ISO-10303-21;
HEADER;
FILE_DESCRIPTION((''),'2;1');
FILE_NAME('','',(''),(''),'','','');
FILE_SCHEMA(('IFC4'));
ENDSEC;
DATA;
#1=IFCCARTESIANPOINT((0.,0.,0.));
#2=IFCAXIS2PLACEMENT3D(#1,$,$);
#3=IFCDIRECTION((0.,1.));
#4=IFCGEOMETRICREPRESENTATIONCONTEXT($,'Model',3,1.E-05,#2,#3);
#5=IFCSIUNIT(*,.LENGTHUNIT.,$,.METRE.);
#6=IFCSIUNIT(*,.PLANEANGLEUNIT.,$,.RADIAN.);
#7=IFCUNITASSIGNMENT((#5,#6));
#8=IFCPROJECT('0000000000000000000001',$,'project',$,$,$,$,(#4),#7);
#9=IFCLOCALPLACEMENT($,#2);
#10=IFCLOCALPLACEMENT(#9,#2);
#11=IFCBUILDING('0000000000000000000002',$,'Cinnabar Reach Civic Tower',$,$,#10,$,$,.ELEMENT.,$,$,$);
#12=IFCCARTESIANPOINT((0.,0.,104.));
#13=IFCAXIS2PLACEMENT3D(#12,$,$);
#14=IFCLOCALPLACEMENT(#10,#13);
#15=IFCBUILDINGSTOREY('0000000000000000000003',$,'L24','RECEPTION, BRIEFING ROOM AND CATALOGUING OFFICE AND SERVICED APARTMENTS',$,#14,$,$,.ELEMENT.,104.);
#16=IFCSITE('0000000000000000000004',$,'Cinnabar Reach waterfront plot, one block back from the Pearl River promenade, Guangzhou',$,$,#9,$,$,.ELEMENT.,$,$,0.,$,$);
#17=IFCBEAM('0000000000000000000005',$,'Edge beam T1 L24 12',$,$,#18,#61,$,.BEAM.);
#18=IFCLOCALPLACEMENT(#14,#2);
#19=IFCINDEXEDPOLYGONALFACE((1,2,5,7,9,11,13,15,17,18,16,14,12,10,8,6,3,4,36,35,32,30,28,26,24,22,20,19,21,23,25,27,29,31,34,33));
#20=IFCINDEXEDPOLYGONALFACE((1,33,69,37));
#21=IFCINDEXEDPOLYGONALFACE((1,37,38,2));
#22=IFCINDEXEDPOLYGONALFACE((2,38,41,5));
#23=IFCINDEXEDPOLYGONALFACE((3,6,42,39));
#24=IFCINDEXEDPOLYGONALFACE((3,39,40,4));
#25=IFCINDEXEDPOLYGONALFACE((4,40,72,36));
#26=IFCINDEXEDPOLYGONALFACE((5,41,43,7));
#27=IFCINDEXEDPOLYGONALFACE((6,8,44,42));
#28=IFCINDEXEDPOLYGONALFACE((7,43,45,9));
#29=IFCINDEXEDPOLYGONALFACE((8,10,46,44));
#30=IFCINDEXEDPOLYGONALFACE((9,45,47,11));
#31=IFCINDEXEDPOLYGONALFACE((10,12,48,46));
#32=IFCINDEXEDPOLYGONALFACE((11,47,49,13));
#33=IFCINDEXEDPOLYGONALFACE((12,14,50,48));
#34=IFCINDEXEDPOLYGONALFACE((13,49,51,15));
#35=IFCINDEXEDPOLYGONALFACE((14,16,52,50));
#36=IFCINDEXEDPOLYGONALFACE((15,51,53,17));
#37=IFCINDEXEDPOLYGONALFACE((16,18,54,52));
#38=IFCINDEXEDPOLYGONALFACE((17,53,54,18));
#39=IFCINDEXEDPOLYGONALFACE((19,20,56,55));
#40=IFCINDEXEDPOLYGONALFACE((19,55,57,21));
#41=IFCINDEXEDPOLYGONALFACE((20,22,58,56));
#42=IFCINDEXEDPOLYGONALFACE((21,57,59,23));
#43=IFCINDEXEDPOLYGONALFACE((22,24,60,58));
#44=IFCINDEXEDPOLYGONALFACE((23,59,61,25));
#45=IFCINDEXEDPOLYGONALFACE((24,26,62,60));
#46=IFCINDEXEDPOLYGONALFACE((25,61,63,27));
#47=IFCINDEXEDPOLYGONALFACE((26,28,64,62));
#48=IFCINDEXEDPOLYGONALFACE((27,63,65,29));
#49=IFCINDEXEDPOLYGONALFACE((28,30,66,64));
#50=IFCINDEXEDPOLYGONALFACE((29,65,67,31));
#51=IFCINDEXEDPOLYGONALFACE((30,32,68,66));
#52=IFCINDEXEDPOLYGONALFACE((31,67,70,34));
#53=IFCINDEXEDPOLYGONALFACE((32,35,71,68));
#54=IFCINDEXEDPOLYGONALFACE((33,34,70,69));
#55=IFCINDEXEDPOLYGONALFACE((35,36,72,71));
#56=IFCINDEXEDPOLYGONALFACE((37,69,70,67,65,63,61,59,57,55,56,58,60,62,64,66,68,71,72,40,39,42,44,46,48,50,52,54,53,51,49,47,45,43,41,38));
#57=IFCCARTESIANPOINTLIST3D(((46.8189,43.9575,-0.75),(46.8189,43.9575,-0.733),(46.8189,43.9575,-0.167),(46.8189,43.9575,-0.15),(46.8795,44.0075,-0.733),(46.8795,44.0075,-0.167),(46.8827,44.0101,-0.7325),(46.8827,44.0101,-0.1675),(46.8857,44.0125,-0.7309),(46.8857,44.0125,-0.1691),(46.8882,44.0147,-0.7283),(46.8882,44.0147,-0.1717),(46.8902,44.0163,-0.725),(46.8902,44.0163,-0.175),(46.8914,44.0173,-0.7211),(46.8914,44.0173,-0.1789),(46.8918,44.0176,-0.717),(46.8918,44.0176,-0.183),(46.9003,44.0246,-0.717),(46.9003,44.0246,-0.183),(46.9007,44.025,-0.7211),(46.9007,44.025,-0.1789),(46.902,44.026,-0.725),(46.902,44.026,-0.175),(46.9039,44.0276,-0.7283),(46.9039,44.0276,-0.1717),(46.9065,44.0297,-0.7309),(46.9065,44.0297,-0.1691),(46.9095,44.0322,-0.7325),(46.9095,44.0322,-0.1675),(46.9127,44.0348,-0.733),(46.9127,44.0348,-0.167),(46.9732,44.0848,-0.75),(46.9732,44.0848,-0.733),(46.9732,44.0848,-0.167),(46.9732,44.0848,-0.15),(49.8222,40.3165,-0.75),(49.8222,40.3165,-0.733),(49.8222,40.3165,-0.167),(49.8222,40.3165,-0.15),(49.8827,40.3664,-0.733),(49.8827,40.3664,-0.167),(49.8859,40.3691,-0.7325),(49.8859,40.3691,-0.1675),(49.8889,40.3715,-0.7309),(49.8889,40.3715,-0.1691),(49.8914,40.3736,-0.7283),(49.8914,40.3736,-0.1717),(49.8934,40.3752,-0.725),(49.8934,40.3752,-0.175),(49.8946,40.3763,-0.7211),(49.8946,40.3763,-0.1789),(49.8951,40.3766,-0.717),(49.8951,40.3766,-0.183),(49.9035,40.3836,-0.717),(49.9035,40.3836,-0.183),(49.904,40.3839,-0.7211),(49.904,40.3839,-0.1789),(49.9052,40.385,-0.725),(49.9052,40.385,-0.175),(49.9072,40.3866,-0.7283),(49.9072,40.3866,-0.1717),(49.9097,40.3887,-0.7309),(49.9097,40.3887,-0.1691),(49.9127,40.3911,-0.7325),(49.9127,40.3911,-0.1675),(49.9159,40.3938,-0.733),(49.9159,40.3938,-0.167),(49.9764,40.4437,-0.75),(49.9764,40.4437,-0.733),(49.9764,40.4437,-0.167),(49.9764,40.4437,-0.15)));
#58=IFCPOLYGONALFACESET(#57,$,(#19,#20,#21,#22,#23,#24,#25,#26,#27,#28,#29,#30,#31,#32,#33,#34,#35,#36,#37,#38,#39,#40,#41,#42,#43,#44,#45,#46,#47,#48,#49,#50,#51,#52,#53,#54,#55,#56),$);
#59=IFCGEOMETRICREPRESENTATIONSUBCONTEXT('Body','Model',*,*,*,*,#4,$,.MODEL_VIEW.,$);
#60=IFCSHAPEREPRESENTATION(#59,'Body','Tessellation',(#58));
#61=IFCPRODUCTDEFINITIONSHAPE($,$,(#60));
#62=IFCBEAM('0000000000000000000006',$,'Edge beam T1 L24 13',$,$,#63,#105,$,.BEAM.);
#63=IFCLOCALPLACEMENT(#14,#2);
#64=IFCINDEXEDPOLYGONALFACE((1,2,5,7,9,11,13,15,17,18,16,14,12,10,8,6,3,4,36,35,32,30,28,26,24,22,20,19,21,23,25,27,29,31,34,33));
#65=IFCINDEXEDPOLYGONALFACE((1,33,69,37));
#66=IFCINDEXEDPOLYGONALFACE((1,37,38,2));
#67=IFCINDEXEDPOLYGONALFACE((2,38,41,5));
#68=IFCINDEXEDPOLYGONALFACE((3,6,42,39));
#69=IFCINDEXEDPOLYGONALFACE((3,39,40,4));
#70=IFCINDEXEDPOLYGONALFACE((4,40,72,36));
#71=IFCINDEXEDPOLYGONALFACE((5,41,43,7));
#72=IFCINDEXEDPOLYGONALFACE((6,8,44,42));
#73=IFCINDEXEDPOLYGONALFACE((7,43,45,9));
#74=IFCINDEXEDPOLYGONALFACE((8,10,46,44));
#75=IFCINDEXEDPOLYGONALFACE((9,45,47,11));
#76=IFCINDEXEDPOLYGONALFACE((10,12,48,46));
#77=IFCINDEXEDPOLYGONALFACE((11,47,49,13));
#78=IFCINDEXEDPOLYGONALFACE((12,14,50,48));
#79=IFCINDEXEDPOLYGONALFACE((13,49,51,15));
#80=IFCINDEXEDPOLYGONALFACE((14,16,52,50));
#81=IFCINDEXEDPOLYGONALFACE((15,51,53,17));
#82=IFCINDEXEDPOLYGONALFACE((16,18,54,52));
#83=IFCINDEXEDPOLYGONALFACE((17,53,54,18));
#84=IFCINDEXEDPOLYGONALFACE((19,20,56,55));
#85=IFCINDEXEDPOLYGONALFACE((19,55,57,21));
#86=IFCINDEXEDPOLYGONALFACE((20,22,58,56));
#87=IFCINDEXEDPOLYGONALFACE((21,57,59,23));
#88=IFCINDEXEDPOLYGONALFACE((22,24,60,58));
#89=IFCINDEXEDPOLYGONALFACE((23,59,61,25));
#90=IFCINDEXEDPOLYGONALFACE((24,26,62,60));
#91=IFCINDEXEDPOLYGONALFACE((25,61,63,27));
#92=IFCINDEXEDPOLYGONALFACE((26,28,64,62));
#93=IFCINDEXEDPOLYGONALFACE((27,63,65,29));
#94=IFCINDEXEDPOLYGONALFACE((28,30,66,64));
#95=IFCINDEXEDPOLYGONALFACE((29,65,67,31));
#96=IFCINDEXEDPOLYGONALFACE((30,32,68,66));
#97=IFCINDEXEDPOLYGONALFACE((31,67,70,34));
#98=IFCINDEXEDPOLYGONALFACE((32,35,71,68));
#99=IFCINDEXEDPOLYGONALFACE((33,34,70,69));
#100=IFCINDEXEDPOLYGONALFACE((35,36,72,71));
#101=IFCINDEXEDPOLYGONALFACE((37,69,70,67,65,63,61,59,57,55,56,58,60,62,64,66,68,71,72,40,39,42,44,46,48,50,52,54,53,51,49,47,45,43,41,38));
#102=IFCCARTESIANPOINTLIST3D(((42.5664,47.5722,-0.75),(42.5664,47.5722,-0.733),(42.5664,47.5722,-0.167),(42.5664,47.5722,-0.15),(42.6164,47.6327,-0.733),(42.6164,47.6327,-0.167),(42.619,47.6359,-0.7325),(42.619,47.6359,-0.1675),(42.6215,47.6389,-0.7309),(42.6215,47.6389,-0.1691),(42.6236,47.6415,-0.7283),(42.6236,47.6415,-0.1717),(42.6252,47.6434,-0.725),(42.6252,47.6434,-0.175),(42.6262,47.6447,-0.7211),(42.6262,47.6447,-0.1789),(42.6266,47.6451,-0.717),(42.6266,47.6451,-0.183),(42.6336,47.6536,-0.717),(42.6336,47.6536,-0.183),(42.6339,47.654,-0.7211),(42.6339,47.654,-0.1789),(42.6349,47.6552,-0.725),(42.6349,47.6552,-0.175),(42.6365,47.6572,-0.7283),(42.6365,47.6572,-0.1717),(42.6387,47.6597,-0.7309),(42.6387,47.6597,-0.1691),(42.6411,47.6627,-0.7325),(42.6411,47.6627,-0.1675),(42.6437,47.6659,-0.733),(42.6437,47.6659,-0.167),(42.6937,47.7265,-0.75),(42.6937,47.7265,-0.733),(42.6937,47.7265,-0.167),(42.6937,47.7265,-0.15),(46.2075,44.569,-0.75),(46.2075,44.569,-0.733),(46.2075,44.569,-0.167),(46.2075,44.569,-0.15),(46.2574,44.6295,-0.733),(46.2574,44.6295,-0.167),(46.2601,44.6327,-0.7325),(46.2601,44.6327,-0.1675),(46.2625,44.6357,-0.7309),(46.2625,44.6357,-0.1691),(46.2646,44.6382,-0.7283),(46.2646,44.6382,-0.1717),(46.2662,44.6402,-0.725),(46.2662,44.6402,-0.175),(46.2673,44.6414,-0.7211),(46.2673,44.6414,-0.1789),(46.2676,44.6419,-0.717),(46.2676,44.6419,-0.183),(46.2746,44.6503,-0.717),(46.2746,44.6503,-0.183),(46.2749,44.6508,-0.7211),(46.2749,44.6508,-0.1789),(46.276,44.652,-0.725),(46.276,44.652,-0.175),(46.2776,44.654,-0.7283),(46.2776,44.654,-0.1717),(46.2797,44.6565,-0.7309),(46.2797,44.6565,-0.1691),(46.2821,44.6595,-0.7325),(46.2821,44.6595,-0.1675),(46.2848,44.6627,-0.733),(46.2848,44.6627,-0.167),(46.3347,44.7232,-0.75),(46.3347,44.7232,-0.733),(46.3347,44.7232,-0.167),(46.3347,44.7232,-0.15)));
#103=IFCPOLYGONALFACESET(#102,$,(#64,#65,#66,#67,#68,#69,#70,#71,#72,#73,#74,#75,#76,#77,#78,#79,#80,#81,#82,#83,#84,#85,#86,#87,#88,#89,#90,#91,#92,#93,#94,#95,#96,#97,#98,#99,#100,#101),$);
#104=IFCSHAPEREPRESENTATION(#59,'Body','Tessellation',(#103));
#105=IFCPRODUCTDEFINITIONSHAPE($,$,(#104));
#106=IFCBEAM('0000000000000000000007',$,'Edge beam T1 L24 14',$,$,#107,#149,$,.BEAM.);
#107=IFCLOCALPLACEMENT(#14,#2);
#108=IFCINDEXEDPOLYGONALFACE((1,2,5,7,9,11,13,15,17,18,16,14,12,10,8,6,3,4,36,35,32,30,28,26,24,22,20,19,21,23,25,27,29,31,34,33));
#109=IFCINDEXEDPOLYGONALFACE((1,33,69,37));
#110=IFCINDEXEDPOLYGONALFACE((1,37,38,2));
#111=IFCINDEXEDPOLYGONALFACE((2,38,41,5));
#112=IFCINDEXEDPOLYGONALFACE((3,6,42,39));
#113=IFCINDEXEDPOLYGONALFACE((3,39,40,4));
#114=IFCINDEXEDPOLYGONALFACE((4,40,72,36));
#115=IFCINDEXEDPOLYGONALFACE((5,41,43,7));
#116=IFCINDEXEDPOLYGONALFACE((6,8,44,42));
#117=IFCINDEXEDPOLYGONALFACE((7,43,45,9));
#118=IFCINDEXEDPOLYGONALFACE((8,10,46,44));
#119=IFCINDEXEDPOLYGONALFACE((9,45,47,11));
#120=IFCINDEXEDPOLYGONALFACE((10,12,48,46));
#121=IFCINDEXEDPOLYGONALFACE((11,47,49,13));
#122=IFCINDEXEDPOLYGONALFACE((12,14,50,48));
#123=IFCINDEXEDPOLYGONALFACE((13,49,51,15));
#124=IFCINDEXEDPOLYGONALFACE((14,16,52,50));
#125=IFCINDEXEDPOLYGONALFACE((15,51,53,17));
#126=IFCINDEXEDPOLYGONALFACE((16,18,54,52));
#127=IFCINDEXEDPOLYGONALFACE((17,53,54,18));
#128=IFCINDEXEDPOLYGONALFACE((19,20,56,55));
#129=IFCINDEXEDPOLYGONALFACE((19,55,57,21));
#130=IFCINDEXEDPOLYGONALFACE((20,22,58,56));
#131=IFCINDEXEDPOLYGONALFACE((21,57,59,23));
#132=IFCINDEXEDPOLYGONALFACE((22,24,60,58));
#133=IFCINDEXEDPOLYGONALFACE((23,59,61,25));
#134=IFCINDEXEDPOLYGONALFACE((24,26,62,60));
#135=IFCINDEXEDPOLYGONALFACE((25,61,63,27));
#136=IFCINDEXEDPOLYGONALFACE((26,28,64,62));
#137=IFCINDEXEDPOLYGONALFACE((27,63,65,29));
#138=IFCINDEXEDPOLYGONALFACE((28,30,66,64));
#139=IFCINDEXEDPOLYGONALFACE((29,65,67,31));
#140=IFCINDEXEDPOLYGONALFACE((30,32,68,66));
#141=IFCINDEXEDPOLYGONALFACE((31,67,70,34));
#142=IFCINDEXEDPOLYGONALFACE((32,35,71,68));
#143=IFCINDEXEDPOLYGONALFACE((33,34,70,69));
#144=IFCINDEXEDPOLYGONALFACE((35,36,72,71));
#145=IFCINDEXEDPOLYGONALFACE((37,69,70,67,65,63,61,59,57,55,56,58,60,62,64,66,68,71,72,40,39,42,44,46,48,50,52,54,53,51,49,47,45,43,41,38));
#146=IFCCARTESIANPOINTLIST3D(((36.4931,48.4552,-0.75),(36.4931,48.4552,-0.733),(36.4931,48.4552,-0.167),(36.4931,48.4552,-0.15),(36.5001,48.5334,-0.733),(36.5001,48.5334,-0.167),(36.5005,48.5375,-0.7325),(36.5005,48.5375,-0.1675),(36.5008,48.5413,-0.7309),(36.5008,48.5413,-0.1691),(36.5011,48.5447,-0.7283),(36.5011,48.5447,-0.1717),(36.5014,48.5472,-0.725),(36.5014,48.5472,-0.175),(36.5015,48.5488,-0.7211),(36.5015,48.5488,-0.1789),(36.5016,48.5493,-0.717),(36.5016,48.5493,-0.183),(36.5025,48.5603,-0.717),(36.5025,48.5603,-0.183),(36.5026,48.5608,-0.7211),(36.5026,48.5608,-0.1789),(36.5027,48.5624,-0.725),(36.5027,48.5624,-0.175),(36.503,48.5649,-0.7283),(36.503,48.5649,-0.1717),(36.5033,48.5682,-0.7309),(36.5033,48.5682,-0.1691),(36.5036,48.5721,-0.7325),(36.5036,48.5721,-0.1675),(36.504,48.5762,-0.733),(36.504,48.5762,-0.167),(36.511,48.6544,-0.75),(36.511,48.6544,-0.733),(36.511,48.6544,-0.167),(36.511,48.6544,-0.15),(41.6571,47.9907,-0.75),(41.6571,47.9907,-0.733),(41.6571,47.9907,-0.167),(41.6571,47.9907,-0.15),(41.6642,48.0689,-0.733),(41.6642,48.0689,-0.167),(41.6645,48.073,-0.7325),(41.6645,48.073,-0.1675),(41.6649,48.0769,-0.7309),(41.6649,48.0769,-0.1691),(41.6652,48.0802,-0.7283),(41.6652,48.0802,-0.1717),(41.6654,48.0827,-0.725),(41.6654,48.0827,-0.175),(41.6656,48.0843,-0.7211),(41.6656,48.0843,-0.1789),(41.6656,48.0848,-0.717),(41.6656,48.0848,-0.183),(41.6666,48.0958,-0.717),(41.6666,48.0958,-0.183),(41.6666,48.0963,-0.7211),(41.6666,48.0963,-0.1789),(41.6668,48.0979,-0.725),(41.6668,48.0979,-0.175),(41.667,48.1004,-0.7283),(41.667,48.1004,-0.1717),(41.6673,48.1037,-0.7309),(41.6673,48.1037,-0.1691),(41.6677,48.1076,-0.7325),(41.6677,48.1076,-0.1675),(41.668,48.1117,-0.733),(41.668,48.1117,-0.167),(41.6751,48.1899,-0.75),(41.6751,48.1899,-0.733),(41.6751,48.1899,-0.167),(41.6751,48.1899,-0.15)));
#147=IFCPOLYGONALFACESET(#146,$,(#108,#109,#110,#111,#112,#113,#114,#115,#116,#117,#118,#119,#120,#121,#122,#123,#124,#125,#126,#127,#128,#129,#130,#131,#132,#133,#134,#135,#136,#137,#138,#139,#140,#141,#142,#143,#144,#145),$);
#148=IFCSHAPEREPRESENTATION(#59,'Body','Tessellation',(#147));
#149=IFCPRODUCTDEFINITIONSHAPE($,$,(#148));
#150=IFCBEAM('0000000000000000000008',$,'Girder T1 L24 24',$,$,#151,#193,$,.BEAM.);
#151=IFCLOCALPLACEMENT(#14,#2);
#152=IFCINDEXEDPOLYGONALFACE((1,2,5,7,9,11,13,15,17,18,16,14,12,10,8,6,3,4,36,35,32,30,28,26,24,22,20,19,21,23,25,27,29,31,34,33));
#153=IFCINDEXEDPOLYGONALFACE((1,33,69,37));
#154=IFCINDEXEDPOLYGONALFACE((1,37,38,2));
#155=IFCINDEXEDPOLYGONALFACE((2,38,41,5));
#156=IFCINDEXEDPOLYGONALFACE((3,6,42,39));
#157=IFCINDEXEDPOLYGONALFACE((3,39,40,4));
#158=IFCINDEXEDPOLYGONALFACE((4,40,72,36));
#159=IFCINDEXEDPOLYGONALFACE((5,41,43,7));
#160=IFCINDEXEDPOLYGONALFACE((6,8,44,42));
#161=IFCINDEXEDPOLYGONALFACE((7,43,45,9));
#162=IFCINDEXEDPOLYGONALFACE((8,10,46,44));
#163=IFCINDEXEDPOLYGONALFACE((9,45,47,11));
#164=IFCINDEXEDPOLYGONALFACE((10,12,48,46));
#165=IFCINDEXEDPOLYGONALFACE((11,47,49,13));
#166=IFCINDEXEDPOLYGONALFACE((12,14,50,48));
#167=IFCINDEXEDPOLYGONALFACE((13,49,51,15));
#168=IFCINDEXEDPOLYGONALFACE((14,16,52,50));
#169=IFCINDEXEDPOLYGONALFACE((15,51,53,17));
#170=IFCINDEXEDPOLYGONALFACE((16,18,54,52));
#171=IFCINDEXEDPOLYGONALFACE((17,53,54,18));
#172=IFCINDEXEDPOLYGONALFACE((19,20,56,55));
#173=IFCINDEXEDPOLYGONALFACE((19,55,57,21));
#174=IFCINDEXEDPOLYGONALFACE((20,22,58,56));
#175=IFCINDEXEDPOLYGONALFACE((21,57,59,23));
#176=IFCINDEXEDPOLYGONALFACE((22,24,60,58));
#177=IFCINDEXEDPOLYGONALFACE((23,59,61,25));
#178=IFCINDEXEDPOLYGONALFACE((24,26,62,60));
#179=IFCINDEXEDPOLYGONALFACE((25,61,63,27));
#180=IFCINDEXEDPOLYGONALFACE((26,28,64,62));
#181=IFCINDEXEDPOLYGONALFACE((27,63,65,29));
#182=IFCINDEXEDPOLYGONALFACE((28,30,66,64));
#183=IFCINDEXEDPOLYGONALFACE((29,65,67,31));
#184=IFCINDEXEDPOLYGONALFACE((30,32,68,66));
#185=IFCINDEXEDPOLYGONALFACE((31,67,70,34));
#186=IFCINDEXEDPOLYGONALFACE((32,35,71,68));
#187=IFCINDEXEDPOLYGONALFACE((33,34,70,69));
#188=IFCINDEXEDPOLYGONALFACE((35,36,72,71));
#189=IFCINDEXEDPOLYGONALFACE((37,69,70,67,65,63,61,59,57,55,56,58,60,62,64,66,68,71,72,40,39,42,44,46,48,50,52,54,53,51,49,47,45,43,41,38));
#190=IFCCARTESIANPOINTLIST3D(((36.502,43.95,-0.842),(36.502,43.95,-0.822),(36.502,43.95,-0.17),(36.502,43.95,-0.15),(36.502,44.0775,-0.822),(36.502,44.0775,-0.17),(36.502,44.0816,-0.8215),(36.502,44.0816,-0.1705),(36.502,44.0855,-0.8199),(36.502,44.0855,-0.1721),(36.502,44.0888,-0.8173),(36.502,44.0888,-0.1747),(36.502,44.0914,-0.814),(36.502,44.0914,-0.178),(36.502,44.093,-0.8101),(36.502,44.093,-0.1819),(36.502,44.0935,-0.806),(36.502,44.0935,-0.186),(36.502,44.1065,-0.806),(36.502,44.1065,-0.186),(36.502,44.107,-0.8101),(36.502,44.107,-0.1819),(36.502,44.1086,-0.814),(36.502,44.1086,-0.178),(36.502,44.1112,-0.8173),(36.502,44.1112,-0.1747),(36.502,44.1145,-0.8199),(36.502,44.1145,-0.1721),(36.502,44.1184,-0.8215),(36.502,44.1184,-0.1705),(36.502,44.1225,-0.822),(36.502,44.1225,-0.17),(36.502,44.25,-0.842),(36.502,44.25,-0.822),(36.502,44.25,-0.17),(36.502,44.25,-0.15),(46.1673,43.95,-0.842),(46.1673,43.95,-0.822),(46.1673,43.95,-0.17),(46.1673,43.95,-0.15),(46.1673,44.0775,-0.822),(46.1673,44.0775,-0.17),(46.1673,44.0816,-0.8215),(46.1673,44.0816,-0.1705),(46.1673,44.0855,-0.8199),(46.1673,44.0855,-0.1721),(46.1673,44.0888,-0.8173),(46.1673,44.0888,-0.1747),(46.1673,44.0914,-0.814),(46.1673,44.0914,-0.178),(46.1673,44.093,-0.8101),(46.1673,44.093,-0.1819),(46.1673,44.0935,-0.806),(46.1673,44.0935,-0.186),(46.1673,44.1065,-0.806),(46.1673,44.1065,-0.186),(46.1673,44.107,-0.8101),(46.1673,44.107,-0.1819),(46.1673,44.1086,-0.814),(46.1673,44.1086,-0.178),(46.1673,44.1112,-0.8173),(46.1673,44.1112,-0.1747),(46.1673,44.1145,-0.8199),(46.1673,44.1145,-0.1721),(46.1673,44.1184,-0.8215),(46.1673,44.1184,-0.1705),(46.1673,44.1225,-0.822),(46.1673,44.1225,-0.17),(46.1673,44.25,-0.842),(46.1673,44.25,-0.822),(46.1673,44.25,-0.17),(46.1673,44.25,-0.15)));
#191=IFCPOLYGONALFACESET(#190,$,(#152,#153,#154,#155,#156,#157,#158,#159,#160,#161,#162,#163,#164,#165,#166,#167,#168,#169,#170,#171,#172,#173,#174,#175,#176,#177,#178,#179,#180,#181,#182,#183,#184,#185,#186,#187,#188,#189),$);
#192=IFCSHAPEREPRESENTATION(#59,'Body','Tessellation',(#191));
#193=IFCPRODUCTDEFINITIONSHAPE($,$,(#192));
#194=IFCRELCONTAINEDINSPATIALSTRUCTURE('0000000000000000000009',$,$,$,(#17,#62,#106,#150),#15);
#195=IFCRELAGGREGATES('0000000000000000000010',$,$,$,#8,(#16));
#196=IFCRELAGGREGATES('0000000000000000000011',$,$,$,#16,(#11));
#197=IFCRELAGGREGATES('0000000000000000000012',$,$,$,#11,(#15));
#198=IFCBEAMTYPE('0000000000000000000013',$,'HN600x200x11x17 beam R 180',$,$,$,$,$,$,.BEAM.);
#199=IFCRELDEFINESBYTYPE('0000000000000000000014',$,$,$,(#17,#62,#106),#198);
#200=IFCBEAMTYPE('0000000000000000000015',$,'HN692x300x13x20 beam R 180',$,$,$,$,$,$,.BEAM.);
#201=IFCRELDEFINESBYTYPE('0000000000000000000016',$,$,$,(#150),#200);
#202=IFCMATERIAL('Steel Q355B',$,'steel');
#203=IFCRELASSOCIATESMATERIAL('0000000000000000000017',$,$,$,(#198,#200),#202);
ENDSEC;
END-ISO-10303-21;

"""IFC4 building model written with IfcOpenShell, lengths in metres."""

from ifc_helpers import new_model, si_unit, direction, frame, origin, origin_2d, place, context, subcontext, project, spatial, i_section, extrude, material, material_profile, profile_set, type_object, element, save


model = new_model("IFC4")

# Units and contexts
model_context = context("Model", 3, precision=1e-05, world=origin(), true_north=direction((0.0, 1.0)))
body_context = subcontext(model_context, "Body", "Model", "MODEL_VIEW")
ifc_project = project(units=[si_unit("LENGTHUNIT", "METRE"), si_unit("PLANEANGLEUNIT", "RADIAN")], contexts=[model_context])

# Site, building, storey
site_placement = place(None, origin())
site = spatial("IfcSite", under=ifc_project, at=site_placement, Name="Cinnabar Reach waterfront plot, one block back from the Pearl River promenade, Guangzhou", CompositionType="ELEMENT", RefElevation=0.0)
building_placement = place(site_placement, origin())
building = spatial("IfcBuilding", under=site, at=building_placement, Name="Cinnabar Reach Civic Tower", CompositionType="ELEMENT")
storey_placement = place(building_placement, frame((0.0, 0.0, 104.0)))
storey = spatial("IfcBuildingStorey", under=building, at=storey_placement, Name="L24", Description="RECEPTION, BRIEFING ROOM AND CATALOGUING OFFICE AND SERVICED APARTMENTS", CompositionType="ELEMENT", Elevation=104.0)

# Beams
ifc_material_1 = material(Name="Steel Q355B", Category="steel")
ifc_material_profile_1 = material_profile(ifc_material_1, i_section(OverallWidth=0.2, OverallDepth=0.6, WebThickness=0.011, FlangeThickness=0.017, FilletRadius=0.016, at=origin_2d()), Name="HN600x200x11x17")
ifc_profile_set_1 = profile_set([ifc_material_profile_1], Name="Steel Q355B")
beam_type_1 = type_object("IfcBeamType", Name="HN600x200x11x17 beam R 180", PredefinedType="BEAM", material=ifc_profile_set_1)
for number, where, z_axis, x_axis, name in (
    (1, (49.8993, 40.3801, -0.45), (-0.636304, 0.771438, 0.0), (-0.771438, -0.636304, 0.0), "Edge beam T1 L24 12"),
    (2, (46.2711, 44.6461, -0.45), (-0.771438, 0.636304, 0.0), (-0.636304, -0.771438, 0.0), "Edge beam T1 L24 13"),
):
    element("IfcBeam", number, at=place(storey_placement, frame(where, z_axis=z_axis, x_axis=x_axis)), inside=storey, type_object=beam_type_1, Name=name, PredefinedType="BEAM", context=body_context, shape_type="SweptSolid", body=[
        extrude(i_section(OverallWidth=0.2, OverallDepth=0.6, WebThickness=0.011, FlangeThickness=0.017, FilletRadius=0.016, at=origin_2d()), origin(), (0.0, 0.0, 1.0), 4.7198),
    ])
beam_1_placement = place(storey_placement, frame((41.6661, 48.0903, -0.45), z_axis=(-0.995979, 0.089586, 0.0), x_axis=(-0.089586, -0.995979, 0.0)))
element("IfcBeam", 3, at=beam_1_placement, inside=storey, type_object=beam_type_1, Name="Edge beam T1 L24 14", PredefinedType="BEAM", context=body_context, shape_type="SweptSolid", body=[
    extrude(i_section(OverallWidth=0.2, OverallDepth=0.6, WebThickness=0.011, FlangeThickness=0.017, FilletRadius=0.016, at=origin_2d()), origin(), (0.0, 0.0, 1.0), 5.1849),
])
ifc_material_profile_2 = material_profile(ifc_material_1, i_section(OverallWidth=0.3, OverallDepth=0.692, WebThickness=0.013, FlangeThickness=0.02, FilletRadius=0.016, at=origin_2d()), Name="HN692x300x13x20")
ifc_profile_set_2 = profile_set([ifc_material_profile_2], Name="Steel Q355B")
beam_type_2 = type_object("IfcBeamType", Name="HN692x300x13x20 beam R 180", PredefinedType="BEAM", material=ifc_profile_set_2)
beam_2_placement = place(storey_placement, frame((36.502, 44.1, -0.496), z_axis=(1.0, 0.0, 0.0), x_axis=(0.0, 1.0, 0.0)))
element("IfcBeam", 4, at=beam_2_placement, inside=storey, type_object=beam_type_2, Name="Girder T1 L24 24", PredefinedType="BEAM", context=body_context, shape_type="SweptSolid", body=[
    extrude(i_section(OverallWidth=0.3, OverallDepth=0.692, WebThickness=0.013, FlangeThickness=0.02, FilletRadius=0.016, at=origin_2d()), origin(), (0.0, 0.0, 1.0), 9.6653),
])

save(model, "model.ifc")
